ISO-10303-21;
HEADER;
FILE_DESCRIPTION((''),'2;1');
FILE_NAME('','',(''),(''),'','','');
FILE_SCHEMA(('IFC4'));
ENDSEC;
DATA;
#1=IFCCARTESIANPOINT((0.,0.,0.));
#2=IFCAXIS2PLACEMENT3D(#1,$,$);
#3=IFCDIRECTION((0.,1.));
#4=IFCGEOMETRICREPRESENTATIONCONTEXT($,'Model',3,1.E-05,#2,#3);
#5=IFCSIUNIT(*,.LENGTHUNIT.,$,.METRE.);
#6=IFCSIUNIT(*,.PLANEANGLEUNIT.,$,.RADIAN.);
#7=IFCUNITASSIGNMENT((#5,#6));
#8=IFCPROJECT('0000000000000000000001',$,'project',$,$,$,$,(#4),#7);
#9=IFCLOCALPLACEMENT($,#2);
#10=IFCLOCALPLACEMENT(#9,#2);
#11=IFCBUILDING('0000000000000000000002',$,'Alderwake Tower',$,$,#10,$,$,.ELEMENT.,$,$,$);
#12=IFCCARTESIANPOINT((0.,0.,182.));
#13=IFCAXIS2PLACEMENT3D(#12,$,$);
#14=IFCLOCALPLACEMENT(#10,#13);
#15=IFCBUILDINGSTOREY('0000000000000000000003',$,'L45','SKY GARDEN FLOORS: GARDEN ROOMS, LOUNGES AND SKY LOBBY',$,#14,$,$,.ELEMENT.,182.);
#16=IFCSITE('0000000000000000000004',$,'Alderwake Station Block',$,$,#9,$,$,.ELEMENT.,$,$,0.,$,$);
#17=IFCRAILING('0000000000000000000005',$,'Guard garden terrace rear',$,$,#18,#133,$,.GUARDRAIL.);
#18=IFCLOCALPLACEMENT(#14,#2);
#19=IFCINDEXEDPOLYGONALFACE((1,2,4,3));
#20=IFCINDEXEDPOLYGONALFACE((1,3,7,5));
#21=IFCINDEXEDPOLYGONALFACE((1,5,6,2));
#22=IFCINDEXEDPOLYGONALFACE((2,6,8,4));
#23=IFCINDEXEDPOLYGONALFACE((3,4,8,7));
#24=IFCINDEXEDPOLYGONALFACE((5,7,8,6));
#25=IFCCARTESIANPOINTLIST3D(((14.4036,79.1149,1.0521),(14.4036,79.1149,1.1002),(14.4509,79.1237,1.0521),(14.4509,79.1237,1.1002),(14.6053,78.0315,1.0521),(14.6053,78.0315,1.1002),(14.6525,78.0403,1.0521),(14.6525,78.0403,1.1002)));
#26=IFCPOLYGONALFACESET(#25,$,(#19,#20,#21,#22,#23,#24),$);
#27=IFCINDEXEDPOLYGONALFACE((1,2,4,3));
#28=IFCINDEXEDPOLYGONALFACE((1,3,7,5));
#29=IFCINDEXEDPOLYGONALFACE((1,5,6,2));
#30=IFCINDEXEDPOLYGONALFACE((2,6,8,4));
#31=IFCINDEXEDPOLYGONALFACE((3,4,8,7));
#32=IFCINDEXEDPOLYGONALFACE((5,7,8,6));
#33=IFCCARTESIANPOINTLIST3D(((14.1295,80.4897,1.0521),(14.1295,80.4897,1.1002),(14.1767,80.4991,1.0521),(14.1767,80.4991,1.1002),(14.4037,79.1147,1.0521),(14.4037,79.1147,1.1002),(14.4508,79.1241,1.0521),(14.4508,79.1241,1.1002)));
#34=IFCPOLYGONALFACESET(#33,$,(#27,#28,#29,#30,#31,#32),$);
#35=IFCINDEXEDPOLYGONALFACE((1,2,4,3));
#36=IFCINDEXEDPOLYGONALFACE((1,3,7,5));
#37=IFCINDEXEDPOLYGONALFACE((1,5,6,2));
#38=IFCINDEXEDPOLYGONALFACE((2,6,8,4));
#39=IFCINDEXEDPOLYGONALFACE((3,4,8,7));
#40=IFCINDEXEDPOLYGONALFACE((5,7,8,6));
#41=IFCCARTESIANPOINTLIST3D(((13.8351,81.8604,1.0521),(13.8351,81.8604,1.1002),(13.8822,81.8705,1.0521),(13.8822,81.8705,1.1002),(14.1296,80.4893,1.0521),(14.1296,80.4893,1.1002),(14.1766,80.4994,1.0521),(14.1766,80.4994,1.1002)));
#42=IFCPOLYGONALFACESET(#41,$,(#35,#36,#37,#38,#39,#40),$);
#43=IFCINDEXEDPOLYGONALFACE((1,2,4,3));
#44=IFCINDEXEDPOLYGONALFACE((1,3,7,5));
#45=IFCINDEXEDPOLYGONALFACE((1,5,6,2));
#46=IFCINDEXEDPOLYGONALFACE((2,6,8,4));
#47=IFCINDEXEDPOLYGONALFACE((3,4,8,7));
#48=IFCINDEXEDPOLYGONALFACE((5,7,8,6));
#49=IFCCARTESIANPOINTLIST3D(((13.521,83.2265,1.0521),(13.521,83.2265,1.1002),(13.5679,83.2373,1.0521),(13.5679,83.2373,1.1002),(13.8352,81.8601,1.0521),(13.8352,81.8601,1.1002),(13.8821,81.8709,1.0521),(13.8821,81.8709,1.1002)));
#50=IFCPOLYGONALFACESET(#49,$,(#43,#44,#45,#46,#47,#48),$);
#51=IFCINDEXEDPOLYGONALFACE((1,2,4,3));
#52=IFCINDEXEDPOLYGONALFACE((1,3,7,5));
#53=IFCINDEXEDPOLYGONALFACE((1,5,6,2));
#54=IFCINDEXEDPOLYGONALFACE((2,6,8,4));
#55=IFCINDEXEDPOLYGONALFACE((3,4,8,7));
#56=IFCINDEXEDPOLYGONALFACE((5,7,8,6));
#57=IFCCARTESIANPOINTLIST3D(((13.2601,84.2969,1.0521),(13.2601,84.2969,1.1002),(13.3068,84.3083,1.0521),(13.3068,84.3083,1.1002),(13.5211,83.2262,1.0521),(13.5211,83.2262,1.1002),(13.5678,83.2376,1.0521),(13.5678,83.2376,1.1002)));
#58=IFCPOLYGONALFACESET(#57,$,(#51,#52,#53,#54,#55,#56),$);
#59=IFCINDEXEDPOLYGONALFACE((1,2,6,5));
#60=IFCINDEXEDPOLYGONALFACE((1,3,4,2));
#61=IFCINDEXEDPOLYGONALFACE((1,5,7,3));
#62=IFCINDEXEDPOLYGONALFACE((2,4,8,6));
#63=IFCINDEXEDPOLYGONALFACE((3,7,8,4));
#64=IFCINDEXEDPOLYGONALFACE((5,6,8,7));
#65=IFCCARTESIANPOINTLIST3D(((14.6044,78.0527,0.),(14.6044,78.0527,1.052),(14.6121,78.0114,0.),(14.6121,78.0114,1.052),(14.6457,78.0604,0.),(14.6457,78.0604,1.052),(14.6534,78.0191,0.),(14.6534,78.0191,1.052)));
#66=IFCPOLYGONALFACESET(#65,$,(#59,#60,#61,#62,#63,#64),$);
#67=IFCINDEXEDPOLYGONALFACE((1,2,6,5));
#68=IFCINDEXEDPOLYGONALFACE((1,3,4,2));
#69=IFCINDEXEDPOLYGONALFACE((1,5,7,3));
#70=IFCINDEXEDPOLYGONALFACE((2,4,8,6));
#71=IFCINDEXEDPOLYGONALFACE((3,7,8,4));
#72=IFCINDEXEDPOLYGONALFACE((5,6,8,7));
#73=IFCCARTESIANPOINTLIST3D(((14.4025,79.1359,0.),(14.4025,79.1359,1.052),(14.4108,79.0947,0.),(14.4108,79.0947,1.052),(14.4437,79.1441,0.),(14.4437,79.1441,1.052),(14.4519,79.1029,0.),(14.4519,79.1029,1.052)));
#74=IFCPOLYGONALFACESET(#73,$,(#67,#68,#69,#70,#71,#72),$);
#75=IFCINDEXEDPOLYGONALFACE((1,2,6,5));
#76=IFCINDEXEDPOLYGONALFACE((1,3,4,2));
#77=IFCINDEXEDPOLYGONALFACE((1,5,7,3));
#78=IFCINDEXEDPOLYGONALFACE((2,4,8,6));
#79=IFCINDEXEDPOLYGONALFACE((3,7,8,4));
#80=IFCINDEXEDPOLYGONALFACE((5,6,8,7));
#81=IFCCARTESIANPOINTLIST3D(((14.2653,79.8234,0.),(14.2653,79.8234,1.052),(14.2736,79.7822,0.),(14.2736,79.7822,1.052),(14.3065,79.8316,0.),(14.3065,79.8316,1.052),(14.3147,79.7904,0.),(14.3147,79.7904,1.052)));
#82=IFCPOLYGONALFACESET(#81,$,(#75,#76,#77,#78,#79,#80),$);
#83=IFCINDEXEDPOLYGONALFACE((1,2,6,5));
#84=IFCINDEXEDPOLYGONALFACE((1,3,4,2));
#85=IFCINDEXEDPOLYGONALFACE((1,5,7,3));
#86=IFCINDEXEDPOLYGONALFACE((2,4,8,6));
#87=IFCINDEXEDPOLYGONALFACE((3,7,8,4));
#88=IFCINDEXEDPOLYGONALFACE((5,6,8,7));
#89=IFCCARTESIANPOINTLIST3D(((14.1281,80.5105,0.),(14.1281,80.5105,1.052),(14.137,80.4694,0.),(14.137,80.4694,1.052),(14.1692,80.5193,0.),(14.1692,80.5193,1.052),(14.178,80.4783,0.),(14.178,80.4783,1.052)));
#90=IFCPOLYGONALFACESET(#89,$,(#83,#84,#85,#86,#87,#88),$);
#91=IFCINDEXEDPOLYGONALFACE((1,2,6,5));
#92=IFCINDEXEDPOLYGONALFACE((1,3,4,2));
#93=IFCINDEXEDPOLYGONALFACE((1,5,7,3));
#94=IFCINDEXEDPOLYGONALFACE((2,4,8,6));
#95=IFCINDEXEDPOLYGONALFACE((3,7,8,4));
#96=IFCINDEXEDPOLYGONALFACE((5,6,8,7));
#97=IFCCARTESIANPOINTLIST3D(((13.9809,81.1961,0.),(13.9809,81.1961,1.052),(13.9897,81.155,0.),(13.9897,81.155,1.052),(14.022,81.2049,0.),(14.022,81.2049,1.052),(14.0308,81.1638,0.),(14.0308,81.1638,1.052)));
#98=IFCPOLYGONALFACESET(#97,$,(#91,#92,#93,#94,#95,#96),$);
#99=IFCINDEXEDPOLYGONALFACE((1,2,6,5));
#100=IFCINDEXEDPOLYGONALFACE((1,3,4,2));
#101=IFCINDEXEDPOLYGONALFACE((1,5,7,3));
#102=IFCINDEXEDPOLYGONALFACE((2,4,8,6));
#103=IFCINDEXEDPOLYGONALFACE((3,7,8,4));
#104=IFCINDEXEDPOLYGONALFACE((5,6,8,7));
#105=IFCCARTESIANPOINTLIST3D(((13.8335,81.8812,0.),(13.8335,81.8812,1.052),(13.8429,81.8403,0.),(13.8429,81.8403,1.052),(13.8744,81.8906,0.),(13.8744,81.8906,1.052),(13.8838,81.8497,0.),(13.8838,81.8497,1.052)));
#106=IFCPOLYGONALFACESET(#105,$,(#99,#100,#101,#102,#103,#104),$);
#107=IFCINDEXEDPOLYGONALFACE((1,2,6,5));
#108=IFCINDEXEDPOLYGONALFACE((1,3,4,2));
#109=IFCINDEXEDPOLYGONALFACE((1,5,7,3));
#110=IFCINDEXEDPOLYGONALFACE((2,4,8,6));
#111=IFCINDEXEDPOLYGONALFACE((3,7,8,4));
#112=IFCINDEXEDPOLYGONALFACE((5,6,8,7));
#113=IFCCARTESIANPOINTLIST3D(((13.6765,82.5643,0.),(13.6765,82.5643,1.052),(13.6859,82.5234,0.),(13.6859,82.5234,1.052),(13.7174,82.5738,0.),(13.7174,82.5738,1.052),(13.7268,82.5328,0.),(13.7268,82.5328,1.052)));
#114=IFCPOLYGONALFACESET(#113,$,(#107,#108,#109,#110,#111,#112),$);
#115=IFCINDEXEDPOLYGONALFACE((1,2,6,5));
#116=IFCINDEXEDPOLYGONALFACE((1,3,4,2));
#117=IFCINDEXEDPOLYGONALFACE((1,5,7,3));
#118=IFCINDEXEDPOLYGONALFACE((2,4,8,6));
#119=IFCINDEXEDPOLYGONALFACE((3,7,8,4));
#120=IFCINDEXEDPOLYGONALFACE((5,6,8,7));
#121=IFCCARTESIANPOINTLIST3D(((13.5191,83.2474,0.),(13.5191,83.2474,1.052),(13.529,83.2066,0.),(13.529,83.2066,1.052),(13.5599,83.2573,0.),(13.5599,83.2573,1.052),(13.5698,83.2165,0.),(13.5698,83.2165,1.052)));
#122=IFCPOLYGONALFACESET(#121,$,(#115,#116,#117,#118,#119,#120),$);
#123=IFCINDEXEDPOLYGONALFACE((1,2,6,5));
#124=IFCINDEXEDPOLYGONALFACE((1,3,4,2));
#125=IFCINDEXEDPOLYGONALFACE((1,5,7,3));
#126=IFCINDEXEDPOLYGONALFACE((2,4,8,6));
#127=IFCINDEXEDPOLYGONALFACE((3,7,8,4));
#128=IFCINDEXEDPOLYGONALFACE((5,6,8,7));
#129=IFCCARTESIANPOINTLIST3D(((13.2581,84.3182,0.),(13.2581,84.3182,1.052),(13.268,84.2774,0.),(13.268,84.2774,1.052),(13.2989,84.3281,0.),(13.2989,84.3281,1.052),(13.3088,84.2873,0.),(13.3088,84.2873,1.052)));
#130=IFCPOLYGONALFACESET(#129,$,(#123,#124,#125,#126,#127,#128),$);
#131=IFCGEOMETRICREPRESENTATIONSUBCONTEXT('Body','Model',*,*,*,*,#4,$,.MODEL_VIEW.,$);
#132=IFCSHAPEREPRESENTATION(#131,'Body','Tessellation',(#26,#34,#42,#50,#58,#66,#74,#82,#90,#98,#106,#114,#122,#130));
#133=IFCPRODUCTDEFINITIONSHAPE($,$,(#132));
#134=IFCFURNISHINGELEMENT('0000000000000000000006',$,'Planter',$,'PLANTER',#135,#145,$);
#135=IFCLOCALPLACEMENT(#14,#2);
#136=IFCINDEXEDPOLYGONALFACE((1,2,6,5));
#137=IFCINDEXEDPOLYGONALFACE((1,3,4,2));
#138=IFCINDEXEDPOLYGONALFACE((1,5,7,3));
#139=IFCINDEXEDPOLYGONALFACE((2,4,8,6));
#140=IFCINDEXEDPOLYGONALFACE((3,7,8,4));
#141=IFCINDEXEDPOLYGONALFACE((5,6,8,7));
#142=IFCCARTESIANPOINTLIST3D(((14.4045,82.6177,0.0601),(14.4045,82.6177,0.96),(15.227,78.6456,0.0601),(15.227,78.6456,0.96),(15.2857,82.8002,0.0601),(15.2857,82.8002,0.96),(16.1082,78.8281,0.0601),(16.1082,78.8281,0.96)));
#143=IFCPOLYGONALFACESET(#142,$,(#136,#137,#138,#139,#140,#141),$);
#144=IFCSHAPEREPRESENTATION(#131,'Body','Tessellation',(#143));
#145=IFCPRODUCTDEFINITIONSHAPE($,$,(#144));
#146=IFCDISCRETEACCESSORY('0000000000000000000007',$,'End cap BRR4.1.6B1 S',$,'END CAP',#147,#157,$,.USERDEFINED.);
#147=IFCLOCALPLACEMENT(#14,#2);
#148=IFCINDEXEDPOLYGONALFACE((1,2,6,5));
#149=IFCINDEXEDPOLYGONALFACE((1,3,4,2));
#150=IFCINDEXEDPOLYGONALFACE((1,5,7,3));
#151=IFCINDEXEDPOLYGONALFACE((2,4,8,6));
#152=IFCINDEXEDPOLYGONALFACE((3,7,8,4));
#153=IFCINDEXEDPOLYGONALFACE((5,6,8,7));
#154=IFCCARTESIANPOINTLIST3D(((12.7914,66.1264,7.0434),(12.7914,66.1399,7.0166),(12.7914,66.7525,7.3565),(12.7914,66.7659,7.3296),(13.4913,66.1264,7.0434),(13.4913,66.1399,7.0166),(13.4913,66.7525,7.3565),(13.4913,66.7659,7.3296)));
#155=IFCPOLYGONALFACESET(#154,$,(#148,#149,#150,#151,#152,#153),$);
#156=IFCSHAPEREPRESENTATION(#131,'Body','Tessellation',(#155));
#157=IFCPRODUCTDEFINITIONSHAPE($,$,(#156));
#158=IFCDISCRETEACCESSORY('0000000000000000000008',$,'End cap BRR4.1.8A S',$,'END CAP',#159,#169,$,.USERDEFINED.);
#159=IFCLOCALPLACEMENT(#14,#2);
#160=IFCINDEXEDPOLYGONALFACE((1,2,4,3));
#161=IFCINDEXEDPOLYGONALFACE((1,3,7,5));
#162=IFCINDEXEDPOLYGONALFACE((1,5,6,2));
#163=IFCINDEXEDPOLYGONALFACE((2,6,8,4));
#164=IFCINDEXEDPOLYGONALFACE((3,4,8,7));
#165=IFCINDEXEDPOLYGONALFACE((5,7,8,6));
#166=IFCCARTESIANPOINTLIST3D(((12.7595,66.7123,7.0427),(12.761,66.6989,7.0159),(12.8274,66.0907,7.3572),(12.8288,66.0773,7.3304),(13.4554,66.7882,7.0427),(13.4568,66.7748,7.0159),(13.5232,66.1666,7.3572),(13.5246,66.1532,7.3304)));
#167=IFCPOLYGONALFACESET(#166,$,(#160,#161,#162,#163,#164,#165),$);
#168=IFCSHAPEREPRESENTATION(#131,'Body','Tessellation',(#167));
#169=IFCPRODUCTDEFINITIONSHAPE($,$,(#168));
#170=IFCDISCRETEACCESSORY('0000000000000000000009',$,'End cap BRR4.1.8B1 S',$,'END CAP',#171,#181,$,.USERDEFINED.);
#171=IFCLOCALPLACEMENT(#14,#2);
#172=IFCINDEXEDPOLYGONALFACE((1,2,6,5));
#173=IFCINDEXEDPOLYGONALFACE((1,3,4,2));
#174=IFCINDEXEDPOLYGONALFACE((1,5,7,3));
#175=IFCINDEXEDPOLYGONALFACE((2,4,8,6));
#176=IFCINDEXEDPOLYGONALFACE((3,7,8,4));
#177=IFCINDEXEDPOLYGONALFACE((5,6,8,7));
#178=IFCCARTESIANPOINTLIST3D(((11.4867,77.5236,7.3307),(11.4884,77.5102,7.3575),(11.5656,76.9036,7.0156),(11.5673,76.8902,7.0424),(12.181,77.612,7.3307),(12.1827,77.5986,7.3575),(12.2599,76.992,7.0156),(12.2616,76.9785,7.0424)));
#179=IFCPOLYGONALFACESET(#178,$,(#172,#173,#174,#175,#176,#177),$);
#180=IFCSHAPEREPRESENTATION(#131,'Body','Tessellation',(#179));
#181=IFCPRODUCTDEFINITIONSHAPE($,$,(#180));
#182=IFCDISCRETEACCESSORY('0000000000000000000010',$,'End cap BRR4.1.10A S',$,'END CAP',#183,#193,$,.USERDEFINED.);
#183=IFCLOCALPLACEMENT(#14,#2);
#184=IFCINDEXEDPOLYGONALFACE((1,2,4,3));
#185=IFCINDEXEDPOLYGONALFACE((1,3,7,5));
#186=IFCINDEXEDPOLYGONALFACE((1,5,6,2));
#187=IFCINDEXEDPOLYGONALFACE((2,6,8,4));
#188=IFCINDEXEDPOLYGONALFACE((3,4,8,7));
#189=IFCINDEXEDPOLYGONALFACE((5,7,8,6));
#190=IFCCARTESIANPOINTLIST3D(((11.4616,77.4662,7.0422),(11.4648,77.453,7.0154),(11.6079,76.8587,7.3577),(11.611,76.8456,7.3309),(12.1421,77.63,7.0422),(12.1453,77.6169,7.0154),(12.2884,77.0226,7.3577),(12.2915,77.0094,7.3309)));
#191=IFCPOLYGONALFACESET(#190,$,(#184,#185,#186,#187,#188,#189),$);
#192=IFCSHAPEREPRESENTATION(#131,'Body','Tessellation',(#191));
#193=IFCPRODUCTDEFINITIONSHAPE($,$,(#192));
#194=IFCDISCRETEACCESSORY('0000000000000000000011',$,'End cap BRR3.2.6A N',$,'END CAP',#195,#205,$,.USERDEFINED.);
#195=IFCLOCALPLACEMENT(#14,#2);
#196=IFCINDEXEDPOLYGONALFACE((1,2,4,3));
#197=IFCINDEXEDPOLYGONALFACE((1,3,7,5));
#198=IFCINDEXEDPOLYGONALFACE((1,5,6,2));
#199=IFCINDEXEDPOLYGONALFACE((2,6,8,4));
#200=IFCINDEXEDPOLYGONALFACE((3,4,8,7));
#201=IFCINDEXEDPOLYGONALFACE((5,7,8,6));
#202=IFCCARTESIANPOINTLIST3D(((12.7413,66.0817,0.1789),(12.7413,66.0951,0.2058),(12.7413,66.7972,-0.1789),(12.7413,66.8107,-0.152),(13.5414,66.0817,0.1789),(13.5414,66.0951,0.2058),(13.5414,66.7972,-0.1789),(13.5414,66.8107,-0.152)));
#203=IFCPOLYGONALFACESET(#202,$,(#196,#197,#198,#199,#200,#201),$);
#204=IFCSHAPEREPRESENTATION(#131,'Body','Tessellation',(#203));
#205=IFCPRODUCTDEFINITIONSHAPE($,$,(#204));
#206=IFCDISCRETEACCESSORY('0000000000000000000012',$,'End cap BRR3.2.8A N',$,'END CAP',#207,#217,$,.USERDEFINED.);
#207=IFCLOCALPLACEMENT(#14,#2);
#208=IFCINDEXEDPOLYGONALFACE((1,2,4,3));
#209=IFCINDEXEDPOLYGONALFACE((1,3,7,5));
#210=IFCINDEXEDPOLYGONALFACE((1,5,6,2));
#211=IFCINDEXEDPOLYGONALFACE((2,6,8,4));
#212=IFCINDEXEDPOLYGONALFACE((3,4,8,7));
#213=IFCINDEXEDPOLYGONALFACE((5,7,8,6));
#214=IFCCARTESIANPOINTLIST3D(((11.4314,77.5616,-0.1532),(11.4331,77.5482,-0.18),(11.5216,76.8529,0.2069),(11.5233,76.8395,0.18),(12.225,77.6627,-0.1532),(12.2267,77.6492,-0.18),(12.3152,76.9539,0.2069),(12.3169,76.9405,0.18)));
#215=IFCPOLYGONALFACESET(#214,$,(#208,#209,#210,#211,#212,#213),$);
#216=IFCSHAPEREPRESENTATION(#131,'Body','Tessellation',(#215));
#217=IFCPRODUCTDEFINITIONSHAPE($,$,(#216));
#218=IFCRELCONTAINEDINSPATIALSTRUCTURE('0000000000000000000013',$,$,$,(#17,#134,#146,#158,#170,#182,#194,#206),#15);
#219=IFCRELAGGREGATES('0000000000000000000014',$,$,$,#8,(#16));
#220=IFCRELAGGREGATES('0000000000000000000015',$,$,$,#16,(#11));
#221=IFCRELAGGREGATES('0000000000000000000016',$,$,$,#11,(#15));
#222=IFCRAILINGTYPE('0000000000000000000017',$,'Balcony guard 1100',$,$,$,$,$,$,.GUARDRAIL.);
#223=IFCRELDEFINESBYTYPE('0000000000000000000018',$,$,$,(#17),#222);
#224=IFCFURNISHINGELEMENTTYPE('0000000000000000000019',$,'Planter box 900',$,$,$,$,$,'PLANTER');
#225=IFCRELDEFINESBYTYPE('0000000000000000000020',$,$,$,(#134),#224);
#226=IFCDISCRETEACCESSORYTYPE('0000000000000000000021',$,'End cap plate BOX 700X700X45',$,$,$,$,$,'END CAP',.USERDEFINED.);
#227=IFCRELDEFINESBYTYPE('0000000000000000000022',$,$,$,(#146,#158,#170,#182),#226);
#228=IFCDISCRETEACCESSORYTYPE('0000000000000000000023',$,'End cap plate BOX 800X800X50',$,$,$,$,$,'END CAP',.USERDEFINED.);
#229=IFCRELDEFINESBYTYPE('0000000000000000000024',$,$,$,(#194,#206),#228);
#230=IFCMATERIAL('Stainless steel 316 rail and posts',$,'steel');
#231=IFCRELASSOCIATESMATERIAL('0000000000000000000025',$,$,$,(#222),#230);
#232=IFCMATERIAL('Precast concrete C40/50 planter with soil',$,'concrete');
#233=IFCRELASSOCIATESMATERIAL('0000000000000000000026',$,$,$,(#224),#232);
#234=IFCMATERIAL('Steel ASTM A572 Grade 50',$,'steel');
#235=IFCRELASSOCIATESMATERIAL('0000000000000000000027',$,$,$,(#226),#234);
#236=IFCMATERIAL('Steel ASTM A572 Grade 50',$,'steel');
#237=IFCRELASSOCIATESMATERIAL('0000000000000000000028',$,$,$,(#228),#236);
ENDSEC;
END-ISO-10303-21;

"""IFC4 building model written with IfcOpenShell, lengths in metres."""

from ifc_helpers import new_model, si_unit, direction, frame, origin, origin_2d, place, context, subcontext, project, spatial, rectangle, extrude, material, material_profile, profile_set, type_object, element, save


model = new_model("IFC4")

# Units and contexts
model_context = context("Model", 3, precision=1e-05, world=origin(), true_north=direction((0.0, 1.0)))
body_context = subcontext(model_context, "Body", "Model", "MODEL_VIEW")
ifc_project = project(units=[si_unit("LENGTHUNIT", "METRE"), si_unit("PLANEANGLEUNIT", "RADIAN")], contexts=[model_context])

# Site, building, storey
site_placement = place(None, origin())
site = spatial("IfcSite", under=ifc_project, at=site_placement, Name="Alderwake Station Block", CompositionType="ELEMENT", RefElevation=0.0)
building_placement = place(site_placement, origin())
building = spatial("IfcBuilding", under=site, at=building_placement, Name="Alderwake Tower", CompositionType="ELEMENT")
storey_placement = place(building_placement, frame((0.0, 0.0, 182.0)))
storey = spatial("IfcBuildingStorey", under=building, at=storey_placement, Name="L45", Description="SKY GARDEN FLOORS: GARDEN ROOMS, LOUNGES AND SKY LOBBY", CompositionType="ELEMENT", Elevation=182.0)

# Railing
ifc_material_1 = material(Name="Stainless steel 316 rail and posts", Category="steel")
railing_type = type_object("IfcRailingType", Name="Balcony guard 1100", PredefinedType="GUARDRAIL", material=ifc_material_1)
railing_placement = place(storey_placement, frame((14.6289, 78.0359, 0.0)))
element("IfcRailing", 1, at=railing_placement, inside=storey, type_object=railing_type, Name="Guard garden terrace rear", PredefinedType="GUARDRAIL", context=body_context, shape_type="SweptSolid", body=[
    extrude(rectangle(XDim=0.0481, YDim=0.0481, at=origin_2d()), frame((0.0, 0.0, 1.0762), z_axis=(-0.182978, 0.983117, 0.0), x_axis=(-0.983117, -0.182978, 0.0)), (0.0, 0.0, 1.0), 1.1021),
    extrude(rectangle(XDim=0.0481, YDim=0.0481, at=origin_2d()), frame((-0.2017, 1.0835, 1.0762), z_axis=(-0.195547, 0.980694, 0.0), x_axis=(-0.980694, -0.195547, 0.0)), (0.0, 0.0, 1.0), 1.4021),
    extrude(rectangle(XDim=0.0481, YDim=0.0481, at=origin_2d()), frame((-0.4758, 2.4585, 1.0762), z_axis=(-0.209957, 0.977711, 0.0), x_axis=(-0.977711, -0.209957, 0.0)), (0.0, 0.0, 1.0), 1.4023),
    extrude(rectangle(XDim=0.0481, YDim=0.0481, at=origin_2d()), frame((-0.7703, 3.8296, 1.0762), z_axis=(-0.224096, 0.974567, 0.0), x_axis=(-0.974567, -0.224096, 0.0)), (0.0, 0.0, 1.0), 1.4021),
    extrude(rectangle(XDim=0.0481, YDim=0.0481, at=origin_2d()), frame((-1.0845, 5.196, 1.0762), z_axis=(-0.236798, 0.971559, 0.0), x_axis=(-0.971559, -0.236798, 0.0)), (0.0, 0.0, 1.0), 1.1021),
    extrude(rectangle(XDim=0.042, YDim=0.042, at=origin_2d()), frame((0.0, 0.0, 0.0), z_axis=(0.0, 0.0, 1.0), x_axis=(-0.182978, 0.983117, 0.0)), (0.0, 0.0, 1.0), 1.052),
    extrude(rectangle(XDim=0.042, YDim=0.042, at=origin_2d()), frame((-0.2017, 1.0835, 0.0), z_axis=(0.0, 0.0, 1.0), x_axis=(-0.195547, 0.980694, 0.0)), (0.0, 0.0, 1.0), 1.052),
    extrude(rectangle(XDim=0.042, YDim=0.042, at=origin_2d()), frame((-0.3389, 1.771, 0.0), z_axis=(0.0, 0.0, 1.0), x_axis=(-0.195547, 0.980694, 0.0)), (0.0, 0.0, 1.0), 1.052),
    extrude(rectangle(XDim=0.042, YDim=0.042, at=origin_2d()), frame((-0.4758, 2.4585, 0.0), z_axis=(0.0, 0.0, 1.0), x_axis=(-0.209957, 0.977711, 0.0)), (0.0, 0.0, 1.0), 1.052),
    extrude(rectangle(XDim=0.042, YDim=0.042, at=origin_2d()), frame((-0.623, 3.144, 0.0), z_axis=(0.0, 0.0, 1.0), x_axis=(-0.209957, 0.977711, 0.0)), (0.0, 0.0, 1.0), 1.052),
    extrude(rectangle(XDim=0.042, YDim=0.042, at=origin_2d()), frame((-0.7703, 3.8296, 0.0), z_axis=(0.0, 0.0, 1.0), x_axis=(-0.224096, 0.974567, 0.0)), (0.0, 0.0, 1.0), 1.052),
    extrude(rectangle(XDim=0.042, YDim=0.042, at=origin_2d()), frame((-0.9272, 4.5127, 0.0), z_axis=(0.0, 0.0, 1.0), x_axis=(-0.224096, 0.974567, 0.0)), (0.0, 0.0, 1.0), 1.052),
    extrude(rectangle(XDim=0.042, YDim=0.042, at=origin_2d()), frame((-1.0845, 5.196, 0.0), z_axis=(0.0, 0.0, 1.0), x_axis=(-0.236798, 0.971559, 0.0)), (0.0, 0.0, 1.0), 1.052),
    extrude(rectangle(XDim=0.042, YDim=0.042, at=origin_2d()), frame((-1.3455, 6.2668, 0.0), z_axis=(0.0, 0.0, 1.0), x_axis=(-0.236798, 0.971559, 0.0)), (0.0, 0.0, 1.0), 1.052),
])

# Furnishing element
ifc_material_2 = material(Name="Precast concrete C40/50 planter with soil", Category="concrete")
furnishing_element_type = type_object("IfcFurnishingElementType", Name="Planter box 900", ElementType="PLANTER", material=ifc_material_2)
furnishing_placement = place(storey_placement, frame((15.2563, 80.7229, 0.0601), z_axis=(0.0, 0.0, 1.0), x_axis=(0.97923, 0.202751, 0.0)))
element("IfcFurnishingElement", 2, at=furnishing_placement, inside=storey, type_object=furnishing_element_type, Name="Planter", ObjectType="PLANTER", context=body_context, shape_type="SweptSolid", body=[
    extrude(rectangle(XDim=0.8999, YDim=4.0564, at=origin_2d()), origin(), (0.0, 0.0, 1.0), 0.8999),
])

# Discrete accessories
ifc_material_3 = material(Name="Steel ASTM A572 Grade 50", Category="steel")
ifc_material_profile_1 = material_profile(ifc_material_3, rectangle(XDim=0.7, YDim=0.7, at=origin_2d()), Name="BOX 700X700X45 cap")
ifc_profile_set_1 = profile_set([ifc_material_profile_1], Name="Steel ASTM A572 Grade 50")
discrete_accessory_type_1 = type_object("IfcDiscreteAccessoryType", Name="End cap plate BOX 700X700X45", ElementType="END CAP", PredefinedType="USERDEFINED", material=ifc_profile_set_1)
for number, where, z_axis, x_axis, name in (
    (3, (13.1414, 66.4395, 7.2), (0.0, 0.447214, -0.894427), (-1.0, 0.0, 0.0), "End cap BRR4.1.6B1 S"),
    (4, (13.1414, 66.4395, 7.2), (0.048729, -0.446682, -0.893365), (0.994102, 0.108448, 0.0), "End cap BRR4.1.8A S"),
    (5, (11.875, 77.2444, 7.2), (-0.056826, 0.446491, -0.892982), (-0.991998, -0.126254, 0.0), "End cap BRR4.1.8B1 S"),
    (6, (11.875, 77.2444, 7.2), (0.105496, -0.438214, -0.892658), (0.972224, 0.234054, 0.0), "End cap BRR4.1.10A S"),
):
    element("IfcDiscreteAccessory", number, at=place(storey_placement, frame(where, z_axis=z_axis, x_axis=x_axis)), inside=storey, type_object=discrete_accessory_type_1, Name=name, ObjectType="END CAP", PredefinedType="USERDEFINED", context=body_context, shape_type="SweptSolid", body=[
        extrude(rectangle(XDim=0.7, YDim=0.7, at=origin_2d()), origin(), (0.0, 0.0, 1.0), 0.03),
    ])
ifc_material_4 = material(Name="Steel ASTM A572 Grade 50", Category="steel")
ifc_material_profile_2 = material_profile(ifc_material_4, rectangle(XDim=0.8, YDim=0.8, at=origin_2d()), Name="BOX 800X800X50 cap")
ifc_profile_set_2 = profile_set([ifc_material_profile_2], Name="Steel ASTM A572 Grade 50")
discrete_accessory_type_2 = type_object("IfcDiscreteAccessoryType", Name="End cap plate BOX 800X800X50", ElementType="END CAP", PredefinedType="USERDEFINED", material=ifc_profile_set_2)
for number, where, z_axis, x_axis, name in (
    (7, (13.1414, 66.4395, 0.0), (0.0, 0.447214, 0.894427), (-1.0, 0.0, 0.0), "End cap BRR3.2.6A N"),
    (8, (11.875, 77.2444, 0.0), (-0.056826, 0.446491, 0.892982), (-0.991998, -0.126254, 0.0), "End cap BRR3.2.8A N"),
):
    element("IfcDiscreteAccessory", number, at=place(storey_placement, frame(where, z_axis=z_axis, x_axis=x_axis)), inside=storey, type_object=discrete_accessory_type_2, Name=name, ObjectType="END CAP", PredefinedType="USERDEFINED", context=body_context, shape_type="SweptSolid", body=[
        extrude(rectangle(XDim=0.8, YDim=0.8, at=origin_2d()), origin(), (0.0, 0.0, 1.0), 0.03),
    ])

save(model, "model.ifc")
